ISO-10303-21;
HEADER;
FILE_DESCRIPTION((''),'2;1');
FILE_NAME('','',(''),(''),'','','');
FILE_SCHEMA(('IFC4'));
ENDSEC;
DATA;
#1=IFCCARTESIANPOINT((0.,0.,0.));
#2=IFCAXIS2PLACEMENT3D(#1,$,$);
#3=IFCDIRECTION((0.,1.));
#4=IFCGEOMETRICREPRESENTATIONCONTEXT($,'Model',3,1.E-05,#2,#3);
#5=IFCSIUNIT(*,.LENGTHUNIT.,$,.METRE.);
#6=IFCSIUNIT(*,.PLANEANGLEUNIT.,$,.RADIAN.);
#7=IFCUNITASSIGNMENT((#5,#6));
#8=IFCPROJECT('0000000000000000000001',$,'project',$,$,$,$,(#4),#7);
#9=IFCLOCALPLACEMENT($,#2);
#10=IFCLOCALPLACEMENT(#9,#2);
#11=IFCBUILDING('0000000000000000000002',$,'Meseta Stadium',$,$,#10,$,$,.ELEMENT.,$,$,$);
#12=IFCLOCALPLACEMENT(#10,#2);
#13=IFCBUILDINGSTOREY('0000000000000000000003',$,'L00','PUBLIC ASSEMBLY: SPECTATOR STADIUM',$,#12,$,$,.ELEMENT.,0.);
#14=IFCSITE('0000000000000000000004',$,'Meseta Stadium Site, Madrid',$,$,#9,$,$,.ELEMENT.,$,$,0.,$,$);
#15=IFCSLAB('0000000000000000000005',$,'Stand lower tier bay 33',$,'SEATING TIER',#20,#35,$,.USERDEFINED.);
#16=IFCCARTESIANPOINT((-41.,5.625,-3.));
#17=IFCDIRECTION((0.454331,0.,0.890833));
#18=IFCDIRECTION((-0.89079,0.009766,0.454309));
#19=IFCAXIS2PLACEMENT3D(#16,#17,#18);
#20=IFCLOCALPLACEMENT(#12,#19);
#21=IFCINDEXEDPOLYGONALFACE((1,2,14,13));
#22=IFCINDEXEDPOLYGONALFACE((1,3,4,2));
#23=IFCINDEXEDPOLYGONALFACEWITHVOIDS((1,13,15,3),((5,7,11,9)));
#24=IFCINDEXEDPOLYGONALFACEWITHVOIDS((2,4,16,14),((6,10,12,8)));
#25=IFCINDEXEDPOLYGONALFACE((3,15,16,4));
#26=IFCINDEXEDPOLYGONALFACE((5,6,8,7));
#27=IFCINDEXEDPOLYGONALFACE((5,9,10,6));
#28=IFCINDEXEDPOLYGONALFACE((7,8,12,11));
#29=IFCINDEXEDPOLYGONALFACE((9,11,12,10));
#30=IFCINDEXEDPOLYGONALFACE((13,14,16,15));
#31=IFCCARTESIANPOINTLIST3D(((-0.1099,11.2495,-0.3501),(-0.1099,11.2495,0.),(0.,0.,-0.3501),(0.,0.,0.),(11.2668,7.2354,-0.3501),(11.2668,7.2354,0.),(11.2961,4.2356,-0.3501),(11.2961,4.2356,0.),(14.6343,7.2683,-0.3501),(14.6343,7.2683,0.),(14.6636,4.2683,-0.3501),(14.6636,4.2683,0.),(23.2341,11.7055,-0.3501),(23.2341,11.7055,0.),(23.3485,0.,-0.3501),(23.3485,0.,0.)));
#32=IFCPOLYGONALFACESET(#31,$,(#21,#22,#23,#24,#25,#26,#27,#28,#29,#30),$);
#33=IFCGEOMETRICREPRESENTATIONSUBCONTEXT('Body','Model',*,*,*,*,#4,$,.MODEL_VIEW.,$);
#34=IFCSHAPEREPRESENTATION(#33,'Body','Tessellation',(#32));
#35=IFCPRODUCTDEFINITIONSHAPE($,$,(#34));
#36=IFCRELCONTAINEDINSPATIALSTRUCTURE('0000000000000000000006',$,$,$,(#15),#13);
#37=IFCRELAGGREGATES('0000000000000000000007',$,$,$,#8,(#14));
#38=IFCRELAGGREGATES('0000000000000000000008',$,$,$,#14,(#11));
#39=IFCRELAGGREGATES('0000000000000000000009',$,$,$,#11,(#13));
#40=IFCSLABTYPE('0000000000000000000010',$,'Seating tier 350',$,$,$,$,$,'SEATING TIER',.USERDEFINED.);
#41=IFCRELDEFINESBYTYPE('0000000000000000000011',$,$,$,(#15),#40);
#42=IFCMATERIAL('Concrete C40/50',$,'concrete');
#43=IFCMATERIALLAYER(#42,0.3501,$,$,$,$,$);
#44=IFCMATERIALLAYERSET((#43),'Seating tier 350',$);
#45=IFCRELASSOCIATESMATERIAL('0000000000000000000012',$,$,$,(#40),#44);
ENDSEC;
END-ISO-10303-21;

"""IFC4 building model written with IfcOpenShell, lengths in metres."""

from ifc_helpers import new_model, si_unit, direction, frame, origin, place, context, subcontext, project, spatial, polyline, outline, extrude, material, layer, layer_set, type_object, element, save


model = new_model("IFC4")

# Units and contexts
model_context = context("Model", 3, precision=1e-05, world=origin(), true_north=direction((0.0, 1.0)))
body_context = subcontext(model_context, "Body", "Model", "MODEL_VIEW")
ifc_project = project(units=[si_unit("LENGTHUNIT", "METRE"), si_unit("PLANEANGLEUNIT", "RADIAN")], contexts=[model_context])

# Site, building, storey
site_placement = place(None, origin())
site = spatial("IfcSite", under=ifc_project, at=site_placement, Name="Meseta Stadium Site, Madrid", CompositionType="ELEMENT", RefElevation=0.0)
building_placement = place(site_placement, origin())
building = spatial("IfcBuilding", under=site, at=building_placement, Name="Meseta Stadium", CompositionType="ELEMENT")
storey_placement = place(building_placement, origin())
storey = spatial("IfcBuildingStorey", under=building, at=storey_placement, Name="L00", Description="PUBLIC ASSEMBLY: SPECTATOR STADIUM", CompositionType="ELEMENT", Elevation=0.0)

# Slab
ifc_material_1 = material(Name="Concrete C40/50", Category="concrete")
ifc_layer_1 = layer(ifc_material_1, 0.3501)
ifc_layer_set_1 = layer_set([ifc_layer_1], Name="Seating tier 350")
slab_type = type_object("IfcSlabType", Name="Seating tier 350", ElementType="SEATING TIER", PredefinedType="USERDEFINED", material=ifc_layer_set_1)
slab_1_placement = place(storey_placement, frame((-41.0, 5.625, -3.0), z_axis=(0.454331, 0.0, 0.890833), x_axis=(-0.89079, 0.009766, 0.454309)))
element("IfcSlab", 1, at=slab_1_placement, inside=storey, type_object=slab_type, Name="Stand lower tier bay 33", ObjectType="SEATING TIER", PredefinedType="USERDEFINED", context=body_context, shape_type="SweptSolid", body=[
    extrude(outline(polyline([(0.0, 0.0), (23.3485, 0.0), (23.2341, 11.7055), (-0.1099, 11.2495), (0.0, 0.0)]), holes=[polyline([(11.2961, 4.2356), (14.6636, 4.2683), (14.6343, 7.2683), (11.2668, 7.2354), (11.2961, 4.2356)])]), origin(), (0.0, 0.0, -1.0), 0.3501),
])

save(model, "model.ifc")
